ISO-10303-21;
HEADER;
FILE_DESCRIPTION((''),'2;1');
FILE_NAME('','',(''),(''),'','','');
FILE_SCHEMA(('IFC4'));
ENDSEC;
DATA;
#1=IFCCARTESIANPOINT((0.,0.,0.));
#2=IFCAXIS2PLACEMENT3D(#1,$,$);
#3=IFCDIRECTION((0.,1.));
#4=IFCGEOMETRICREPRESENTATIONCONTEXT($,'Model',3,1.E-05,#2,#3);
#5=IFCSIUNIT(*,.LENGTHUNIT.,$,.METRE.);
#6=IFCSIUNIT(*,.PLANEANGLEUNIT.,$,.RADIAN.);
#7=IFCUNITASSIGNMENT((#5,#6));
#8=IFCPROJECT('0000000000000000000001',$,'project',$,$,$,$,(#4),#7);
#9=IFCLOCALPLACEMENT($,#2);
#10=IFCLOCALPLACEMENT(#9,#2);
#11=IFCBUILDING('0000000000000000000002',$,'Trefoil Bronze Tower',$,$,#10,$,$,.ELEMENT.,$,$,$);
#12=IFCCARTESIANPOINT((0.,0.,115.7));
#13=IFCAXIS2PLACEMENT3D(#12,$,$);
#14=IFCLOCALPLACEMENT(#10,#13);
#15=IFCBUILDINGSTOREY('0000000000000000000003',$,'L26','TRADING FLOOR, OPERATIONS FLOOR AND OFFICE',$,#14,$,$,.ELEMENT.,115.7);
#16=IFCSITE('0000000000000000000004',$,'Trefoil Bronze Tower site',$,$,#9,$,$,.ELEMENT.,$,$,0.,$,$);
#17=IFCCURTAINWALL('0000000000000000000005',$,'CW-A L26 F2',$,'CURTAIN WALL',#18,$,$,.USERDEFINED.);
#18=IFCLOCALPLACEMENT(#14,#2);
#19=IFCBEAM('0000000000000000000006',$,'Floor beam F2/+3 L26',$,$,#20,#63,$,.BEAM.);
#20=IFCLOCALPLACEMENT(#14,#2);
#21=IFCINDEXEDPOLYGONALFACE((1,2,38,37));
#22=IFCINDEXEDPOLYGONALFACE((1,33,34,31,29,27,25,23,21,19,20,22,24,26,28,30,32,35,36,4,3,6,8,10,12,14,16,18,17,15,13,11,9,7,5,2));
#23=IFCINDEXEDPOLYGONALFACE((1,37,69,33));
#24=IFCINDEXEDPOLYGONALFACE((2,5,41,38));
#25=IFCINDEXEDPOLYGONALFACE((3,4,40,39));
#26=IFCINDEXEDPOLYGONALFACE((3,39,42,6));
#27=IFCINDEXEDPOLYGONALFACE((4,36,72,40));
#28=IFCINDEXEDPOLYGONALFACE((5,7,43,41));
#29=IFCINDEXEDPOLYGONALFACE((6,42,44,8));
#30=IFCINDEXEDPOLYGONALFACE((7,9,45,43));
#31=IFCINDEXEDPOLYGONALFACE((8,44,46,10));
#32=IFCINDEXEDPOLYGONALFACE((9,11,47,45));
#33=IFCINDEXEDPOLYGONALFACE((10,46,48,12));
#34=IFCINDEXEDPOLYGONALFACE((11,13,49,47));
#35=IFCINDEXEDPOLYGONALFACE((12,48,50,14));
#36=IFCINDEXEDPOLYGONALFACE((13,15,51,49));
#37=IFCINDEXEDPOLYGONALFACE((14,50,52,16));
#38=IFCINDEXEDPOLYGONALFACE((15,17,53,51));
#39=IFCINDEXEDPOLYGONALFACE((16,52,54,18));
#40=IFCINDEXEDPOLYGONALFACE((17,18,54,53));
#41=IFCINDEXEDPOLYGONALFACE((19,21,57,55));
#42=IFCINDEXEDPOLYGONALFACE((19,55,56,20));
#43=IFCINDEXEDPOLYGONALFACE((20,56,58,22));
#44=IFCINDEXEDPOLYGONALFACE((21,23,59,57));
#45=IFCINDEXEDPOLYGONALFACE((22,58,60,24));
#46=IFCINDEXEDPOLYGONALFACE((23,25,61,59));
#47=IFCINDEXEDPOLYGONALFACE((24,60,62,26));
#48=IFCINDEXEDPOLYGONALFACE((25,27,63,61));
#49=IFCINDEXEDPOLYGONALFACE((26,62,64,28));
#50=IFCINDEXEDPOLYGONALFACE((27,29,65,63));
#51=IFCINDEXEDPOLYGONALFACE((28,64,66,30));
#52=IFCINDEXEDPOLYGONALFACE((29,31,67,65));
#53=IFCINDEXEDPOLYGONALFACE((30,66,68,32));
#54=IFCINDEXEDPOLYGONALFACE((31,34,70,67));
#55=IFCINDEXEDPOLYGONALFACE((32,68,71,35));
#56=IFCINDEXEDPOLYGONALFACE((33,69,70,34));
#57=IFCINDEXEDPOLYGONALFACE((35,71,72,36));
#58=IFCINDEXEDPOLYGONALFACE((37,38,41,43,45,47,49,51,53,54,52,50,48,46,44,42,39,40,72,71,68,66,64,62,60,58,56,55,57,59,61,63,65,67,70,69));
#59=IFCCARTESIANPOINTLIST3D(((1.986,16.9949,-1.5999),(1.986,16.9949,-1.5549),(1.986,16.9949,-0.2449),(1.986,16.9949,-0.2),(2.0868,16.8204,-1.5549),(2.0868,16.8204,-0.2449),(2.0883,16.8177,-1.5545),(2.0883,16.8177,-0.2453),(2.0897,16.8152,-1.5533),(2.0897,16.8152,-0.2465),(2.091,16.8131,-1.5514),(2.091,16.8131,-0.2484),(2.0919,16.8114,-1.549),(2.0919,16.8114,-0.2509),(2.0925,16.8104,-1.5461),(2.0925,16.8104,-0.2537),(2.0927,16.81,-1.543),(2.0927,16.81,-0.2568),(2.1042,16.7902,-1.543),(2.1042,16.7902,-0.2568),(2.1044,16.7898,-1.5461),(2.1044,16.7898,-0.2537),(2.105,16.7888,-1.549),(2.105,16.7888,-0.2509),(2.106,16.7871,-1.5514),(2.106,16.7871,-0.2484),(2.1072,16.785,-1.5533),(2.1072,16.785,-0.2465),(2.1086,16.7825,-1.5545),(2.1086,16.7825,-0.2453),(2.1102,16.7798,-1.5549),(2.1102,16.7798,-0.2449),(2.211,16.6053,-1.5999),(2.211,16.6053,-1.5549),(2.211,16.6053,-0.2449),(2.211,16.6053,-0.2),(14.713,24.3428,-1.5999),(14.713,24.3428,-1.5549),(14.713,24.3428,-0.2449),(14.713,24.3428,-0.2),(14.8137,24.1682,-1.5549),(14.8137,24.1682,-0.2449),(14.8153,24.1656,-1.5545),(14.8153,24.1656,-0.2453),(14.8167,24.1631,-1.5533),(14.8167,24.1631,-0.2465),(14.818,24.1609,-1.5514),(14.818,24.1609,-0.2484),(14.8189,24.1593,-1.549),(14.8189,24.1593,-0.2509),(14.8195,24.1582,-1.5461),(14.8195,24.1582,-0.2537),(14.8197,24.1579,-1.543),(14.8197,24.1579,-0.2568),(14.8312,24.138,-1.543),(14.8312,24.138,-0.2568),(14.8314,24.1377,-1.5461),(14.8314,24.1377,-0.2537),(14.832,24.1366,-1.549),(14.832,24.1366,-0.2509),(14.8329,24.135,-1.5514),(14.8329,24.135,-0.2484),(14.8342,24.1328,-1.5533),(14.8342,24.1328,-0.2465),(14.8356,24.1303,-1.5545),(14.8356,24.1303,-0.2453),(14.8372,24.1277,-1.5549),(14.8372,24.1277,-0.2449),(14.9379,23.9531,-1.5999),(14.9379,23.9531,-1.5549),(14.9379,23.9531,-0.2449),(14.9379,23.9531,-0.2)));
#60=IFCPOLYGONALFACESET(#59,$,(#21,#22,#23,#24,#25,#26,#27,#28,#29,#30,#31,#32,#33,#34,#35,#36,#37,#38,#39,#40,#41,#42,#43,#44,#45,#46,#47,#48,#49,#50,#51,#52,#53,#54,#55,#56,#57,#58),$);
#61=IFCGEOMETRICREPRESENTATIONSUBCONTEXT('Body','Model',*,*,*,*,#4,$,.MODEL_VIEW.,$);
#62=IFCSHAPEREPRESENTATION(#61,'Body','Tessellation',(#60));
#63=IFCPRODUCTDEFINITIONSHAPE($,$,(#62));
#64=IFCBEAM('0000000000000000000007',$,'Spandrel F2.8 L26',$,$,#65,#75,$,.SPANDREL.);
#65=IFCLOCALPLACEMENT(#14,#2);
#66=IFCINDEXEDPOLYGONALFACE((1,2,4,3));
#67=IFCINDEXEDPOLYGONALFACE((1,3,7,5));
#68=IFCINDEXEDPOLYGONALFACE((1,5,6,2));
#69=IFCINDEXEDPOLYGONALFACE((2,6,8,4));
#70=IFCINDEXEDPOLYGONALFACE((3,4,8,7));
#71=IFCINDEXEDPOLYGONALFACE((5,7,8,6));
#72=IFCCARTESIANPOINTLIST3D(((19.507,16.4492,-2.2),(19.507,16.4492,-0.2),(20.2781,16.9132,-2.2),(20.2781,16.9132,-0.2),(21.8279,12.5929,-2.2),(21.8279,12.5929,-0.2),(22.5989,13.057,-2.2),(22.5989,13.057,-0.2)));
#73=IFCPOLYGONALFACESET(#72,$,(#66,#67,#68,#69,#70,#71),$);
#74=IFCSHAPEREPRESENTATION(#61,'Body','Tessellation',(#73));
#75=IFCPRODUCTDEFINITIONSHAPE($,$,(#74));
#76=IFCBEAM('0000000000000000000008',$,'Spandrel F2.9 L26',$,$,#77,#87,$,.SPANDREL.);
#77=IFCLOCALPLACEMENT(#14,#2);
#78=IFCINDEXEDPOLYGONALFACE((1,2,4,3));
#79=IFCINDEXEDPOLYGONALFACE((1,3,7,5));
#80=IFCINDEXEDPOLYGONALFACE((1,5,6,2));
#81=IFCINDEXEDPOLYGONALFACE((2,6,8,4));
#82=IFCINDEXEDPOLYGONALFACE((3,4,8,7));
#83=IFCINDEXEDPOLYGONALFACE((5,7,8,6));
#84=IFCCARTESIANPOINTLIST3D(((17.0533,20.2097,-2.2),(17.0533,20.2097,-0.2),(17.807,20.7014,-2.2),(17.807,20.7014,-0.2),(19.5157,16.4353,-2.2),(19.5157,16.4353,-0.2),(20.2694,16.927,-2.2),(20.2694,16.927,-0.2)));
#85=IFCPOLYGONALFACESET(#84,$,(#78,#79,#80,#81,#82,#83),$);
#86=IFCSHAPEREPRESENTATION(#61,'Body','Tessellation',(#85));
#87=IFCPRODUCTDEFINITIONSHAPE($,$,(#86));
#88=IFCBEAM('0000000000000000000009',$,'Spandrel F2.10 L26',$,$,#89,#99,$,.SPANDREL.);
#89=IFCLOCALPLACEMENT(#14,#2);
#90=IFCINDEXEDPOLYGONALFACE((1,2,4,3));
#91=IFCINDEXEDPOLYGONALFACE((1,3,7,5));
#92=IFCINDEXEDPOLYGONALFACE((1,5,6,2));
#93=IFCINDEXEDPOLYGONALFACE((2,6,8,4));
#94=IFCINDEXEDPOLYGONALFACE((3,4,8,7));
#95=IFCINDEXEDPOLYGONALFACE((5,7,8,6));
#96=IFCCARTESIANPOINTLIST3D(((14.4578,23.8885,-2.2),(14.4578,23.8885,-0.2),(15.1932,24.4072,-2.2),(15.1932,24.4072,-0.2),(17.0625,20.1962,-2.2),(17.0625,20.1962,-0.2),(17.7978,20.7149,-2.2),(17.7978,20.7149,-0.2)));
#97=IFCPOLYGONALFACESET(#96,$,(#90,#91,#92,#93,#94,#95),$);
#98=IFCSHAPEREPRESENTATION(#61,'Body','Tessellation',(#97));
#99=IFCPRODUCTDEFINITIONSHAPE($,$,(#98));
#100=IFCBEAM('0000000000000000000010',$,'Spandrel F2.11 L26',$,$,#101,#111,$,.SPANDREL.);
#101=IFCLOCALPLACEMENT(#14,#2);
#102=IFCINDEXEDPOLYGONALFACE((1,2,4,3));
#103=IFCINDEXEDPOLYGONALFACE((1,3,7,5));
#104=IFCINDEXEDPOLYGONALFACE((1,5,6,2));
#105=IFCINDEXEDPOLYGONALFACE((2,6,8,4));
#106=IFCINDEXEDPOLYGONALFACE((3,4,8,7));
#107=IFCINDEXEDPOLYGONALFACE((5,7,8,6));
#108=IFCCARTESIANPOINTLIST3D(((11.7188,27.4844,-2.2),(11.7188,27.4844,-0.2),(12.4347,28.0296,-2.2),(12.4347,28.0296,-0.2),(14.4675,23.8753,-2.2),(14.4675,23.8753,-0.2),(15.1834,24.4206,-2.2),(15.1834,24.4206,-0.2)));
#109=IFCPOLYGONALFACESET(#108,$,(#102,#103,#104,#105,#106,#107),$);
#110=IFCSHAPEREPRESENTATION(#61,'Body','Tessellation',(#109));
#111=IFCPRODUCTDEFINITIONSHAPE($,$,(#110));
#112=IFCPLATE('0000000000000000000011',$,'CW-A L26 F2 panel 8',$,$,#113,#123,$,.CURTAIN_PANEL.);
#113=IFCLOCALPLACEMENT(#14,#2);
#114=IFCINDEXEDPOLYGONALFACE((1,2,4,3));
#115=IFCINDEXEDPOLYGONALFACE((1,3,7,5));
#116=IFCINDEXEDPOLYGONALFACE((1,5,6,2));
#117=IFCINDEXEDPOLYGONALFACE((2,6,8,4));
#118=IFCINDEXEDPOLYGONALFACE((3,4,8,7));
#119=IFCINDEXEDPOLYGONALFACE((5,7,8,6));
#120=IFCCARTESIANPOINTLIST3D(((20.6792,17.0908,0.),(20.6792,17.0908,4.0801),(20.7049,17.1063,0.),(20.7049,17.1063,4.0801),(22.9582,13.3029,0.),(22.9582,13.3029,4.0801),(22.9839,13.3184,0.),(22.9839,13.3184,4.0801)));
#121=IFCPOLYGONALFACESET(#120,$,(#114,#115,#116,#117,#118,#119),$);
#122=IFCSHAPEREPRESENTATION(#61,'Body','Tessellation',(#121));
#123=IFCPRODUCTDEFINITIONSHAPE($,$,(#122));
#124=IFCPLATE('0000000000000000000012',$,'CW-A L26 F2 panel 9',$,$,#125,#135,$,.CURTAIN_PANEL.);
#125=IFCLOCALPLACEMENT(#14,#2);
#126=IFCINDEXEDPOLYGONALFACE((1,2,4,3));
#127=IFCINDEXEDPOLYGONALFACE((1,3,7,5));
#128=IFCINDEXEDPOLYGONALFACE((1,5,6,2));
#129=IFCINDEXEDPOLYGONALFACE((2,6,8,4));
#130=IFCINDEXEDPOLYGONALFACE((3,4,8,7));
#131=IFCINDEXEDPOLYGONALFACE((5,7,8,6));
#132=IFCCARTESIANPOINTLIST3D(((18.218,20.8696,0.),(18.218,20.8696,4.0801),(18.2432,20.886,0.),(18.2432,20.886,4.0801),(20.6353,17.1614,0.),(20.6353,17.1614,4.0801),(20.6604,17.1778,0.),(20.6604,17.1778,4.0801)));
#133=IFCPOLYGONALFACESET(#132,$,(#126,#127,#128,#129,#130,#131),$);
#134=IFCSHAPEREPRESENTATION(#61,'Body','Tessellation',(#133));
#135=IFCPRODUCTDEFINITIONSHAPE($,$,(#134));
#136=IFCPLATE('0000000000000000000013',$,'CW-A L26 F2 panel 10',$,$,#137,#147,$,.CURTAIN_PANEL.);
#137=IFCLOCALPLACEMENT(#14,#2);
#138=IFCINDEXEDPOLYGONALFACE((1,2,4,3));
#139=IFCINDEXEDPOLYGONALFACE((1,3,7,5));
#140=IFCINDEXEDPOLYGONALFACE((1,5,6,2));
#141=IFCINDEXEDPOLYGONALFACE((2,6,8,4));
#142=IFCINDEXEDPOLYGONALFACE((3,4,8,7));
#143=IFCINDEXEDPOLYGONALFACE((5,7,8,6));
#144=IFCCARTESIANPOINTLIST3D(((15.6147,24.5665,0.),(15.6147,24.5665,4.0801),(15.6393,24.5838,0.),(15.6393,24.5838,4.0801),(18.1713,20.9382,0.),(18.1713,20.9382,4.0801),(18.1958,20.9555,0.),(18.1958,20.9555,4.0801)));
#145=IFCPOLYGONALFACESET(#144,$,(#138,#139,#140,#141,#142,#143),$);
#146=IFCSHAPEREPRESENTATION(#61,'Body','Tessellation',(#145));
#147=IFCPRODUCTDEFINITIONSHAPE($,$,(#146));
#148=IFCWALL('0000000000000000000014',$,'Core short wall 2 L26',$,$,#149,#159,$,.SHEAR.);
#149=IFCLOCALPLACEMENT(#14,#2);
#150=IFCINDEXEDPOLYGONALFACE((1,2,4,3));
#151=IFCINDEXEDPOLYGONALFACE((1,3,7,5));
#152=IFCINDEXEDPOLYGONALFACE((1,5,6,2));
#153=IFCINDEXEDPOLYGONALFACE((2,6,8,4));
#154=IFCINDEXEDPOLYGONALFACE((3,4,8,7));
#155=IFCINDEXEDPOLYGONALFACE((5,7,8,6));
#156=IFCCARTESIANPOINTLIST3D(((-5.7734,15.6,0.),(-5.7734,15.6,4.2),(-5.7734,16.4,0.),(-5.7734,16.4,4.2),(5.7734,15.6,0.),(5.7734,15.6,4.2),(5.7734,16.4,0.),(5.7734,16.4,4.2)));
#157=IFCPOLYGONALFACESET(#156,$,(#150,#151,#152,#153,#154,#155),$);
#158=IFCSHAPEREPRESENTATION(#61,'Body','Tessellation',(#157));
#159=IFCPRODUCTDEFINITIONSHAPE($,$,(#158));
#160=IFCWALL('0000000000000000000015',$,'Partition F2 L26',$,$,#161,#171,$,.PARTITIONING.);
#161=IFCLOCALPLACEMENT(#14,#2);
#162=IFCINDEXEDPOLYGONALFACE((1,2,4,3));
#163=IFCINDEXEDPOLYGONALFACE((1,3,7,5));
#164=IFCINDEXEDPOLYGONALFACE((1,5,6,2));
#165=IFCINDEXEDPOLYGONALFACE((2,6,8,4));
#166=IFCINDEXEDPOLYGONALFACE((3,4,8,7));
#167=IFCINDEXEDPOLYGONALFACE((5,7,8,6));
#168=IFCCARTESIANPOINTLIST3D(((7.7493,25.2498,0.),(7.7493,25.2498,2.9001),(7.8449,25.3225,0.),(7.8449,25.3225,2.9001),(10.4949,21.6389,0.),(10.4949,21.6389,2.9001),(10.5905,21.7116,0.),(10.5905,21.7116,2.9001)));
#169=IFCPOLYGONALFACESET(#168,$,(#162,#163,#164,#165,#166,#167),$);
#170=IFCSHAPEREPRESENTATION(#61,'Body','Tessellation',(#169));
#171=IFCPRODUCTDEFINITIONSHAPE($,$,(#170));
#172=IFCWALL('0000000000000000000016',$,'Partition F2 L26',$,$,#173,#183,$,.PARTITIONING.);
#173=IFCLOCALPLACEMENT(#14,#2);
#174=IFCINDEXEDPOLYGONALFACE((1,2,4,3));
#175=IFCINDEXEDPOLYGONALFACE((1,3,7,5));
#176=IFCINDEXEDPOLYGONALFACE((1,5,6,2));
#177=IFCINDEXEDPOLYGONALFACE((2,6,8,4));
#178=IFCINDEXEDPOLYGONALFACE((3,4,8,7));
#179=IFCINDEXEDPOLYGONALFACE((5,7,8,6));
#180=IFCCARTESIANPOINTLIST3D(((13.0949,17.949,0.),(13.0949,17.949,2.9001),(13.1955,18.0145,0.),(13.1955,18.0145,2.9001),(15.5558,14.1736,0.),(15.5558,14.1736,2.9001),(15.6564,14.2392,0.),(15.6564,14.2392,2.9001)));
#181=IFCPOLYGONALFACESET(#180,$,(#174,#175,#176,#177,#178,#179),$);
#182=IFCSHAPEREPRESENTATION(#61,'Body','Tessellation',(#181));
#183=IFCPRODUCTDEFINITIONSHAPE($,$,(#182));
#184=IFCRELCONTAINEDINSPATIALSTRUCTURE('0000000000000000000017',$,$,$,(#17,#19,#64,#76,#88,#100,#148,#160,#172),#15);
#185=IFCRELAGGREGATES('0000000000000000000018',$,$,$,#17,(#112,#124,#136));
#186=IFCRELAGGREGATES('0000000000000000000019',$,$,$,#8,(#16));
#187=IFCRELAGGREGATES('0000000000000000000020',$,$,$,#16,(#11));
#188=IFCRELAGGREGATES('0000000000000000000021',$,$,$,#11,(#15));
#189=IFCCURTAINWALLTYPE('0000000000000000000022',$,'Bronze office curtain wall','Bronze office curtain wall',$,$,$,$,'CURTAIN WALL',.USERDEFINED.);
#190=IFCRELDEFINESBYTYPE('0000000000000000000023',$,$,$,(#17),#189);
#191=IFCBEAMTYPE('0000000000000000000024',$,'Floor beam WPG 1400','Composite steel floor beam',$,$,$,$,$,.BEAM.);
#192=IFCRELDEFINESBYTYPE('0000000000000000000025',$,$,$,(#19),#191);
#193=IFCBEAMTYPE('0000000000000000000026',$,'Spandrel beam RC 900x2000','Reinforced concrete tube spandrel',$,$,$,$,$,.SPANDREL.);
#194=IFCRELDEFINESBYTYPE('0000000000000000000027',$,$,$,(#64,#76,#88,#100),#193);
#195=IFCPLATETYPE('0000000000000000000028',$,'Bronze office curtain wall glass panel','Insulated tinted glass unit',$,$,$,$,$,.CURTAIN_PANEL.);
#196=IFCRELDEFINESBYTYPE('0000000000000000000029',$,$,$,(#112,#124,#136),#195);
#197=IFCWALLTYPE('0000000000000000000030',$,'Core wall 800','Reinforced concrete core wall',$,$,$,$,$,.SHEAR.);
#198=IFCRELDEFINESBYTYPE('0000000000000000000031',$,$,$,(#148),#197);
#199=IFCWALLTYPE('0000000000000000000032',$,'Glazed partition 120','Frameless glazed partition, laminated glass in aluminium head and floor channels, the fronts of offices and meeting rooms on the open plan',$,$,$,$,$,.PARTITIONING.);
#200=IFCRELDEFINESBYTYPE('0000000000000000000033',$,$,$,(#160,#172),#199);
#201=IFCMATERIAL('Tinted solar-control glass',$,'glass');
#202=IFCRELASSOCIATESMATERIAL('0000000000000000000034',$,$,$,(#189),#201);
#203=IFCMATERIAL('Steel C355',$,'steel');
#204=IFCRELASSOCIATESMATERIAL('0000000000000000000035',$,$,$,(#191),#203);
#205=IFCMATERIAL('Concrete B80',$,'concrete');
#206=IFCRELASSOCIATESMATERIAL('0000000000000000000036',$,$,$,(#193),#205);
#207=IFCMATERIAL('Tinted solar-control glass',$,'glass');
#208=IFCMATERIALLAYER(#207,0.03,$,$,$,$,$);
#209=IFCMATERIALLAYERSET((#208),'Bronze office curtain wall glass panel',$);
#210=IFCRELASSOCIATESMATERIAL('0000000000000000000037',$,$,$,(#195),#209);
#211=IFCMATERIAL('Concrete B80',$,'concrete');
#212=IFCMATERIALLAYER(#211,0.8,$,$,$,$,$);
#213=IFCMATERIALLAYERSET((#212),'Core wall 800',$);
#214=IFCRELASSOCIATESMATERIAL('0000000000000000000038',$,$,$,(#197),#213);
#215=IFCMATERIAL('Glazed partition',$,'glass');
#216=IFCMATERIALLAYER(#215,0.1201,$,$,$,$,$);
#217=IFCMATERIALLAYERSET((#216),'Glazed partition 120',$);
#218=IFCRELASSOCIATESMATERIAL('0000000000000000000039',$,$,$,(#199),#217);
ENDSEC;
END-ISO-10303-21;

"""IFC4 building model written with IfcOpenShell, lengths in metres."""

from ifc_helpers import new_model, si_unit, direction, frame, frame_2d, origin, origin_2d, place, context, subcontext, project, spatial, rectangle, i_section, extrude, material, layer, layer_set, material_profile, profile_set, type_object, element, aggregate, save


model = new_model("IFC4")

# Units and contexts
model_context = context("Model", 3, precision=1e-05, world=origin(), true_north=direction((0.0, 1.0)))
body_context = subcontext(model_context, "Body", "Model", "MODEL_VIEW")
ifc_project = project(units=[si_unit("LENGTHUNIT", "METRE"), si_unit("PLANEANGLEUNIT", "RADIAN")], contexts=[model_context])

# Site, building, storey
site_placement = place(None, origin())
site = spatial("IfcSite", under=ifc_project, at=site_placement, Name="Trefoil Bronze Tower site", CompositionType="ELEMENT", RefElevation=0.0)
building_placement = place(site_placement, origin())
building = spatial("IfcBuilding", under=site, at=building_placement, Name="Trefoil Bronze Tower", CompositionType="ELEMENT")
storey_placement = place(building_placement, frame((0.0, 0.0, 115.7)))
storey = spatial("IfcBuildingStorey", under=building, at=storey_placement, Name="L26", Description="TRADING FLOOR, OPERATIONS FLOOR AND OFFICE", CompositionType="ELEMENT", Elevation=115.7)

# Curtain wall
ifc_material_1 = material(Name="Tinted solar-control glass", Category="glass")
curtain_wall_type = type_object("IfcCurtainWallType", Name="Bronze office curtain wall", Description="Bronze office curtain wall", ElementType="CURTAIN WALL", PredefinedType="USERDEFINED", material=ifc_material_1)
curtain_wall_placement = place(storey_placement, origin())
curtain_wall = element("IfcCurtainWall", 1, at=curtain_wall_placement, inside=storey, type_object=curtain_wall_type, Name="CW-A L26 F2", ObjectType="CURTAIN WALL", PredefinedType="USERDEFINED")

# Beams
ifc_material_2 = material(Name="Steel C355", Category="steel")
ifc_material_profile_1 = material_profile(ifc_material_2, i_section(OverallWidth=0.45, OverallDepth=1.3999, WebThickness=0.0229, FlangeThickness=0.0449, FilletRadius=0.012, at=origin_2d()), Name="WPG 1400")
ifc_profile_set_1 = profile_set([ifc_material_profile_1], Name="Steel C355")
beam_type_1 = type_object("IfcBeamType", Name="Floor beam WPG 1400", Description="Composite steel floor beam", PredefinedType="BEAM", material=ifc_profile_set_1)
beam_1_placement = place(storey_placement, frame((14.8254, 24.1479, -0.8999), z_axis=(-0.866027, -0.499997, 0.0), x_axis=(0.499997, -0.866027, 0.0)))
element("IfcBeam", 2, at=beam_1_placement, inside=storey, type_object=beam_type_1, Name="Floor beam F2/+3 L26", PredefinedType="BEAM", context=body_context, shape_type="SweptSolid", body=[
    extrude(i_section(OverallWidth=0.45, OverallDepth=1.3999, WebThickness=0.0229, FlangeThickness=0.0449, FilletRadius=0.012, at=origin_2d()), origin(), (0.0, 0.0, 1.0), 14.6958),
])
ifc_material_3 = material(Name="Concrete B80", Category="concrete")
ifc_material_profile_2 = material_profile(ifc_material_3, rectangle(XDim=0.8999, YDim=2.0, at=origin_2d()), Name="RC 900x2000")
ifc_profile_set_2 = profile_set([ifc_material_profile_2], Name="Concrete B80")
beam_type_2 = type_object("IfcBeamType", Name="Spandrel beam RC 900x2000", Description="Reinforced concrete tube spandrel", PredefinedType="SPANDREL", material=ifc_profile_set_2)
beam_2_placement = place(storey_placement, frame((22.2134, 12.825, -1.2), z_axis=(-0.515652, 0.856798, 0.0), x_axis=(-0.856798, -0.515652, 0.0)))
element("IfcBeam", 3, at=beam_2_placement, inside=storey, type_object=beam_type_2, Name="Spandrel F2.8 L26", PredefinedType="SPANDREL", context=body_context, shape_type="SweptSolid", body=[
    extrude(rectangle(XDim=0.8999, YDim=2.0, at=origin_2d()), origin(), (0.0, 0.0, 1.0), 4.5007),
])
beam_3_placement = place(storey_placement, frame((19.8926, 16.6812, -1.2), z_axis=(-0.546397, 0.837527, 0.0), x_axis=(-0.837527, -0.546397, 0.0)))
element("IfcBeam", 4, at=beam_3_placement, inside=storey, type_object=beam_type_2, Name="Spandrel F2.9 L26", PredefinedType="SPANDREL", context=body_context, shape_type="SweptSolid", body=[
    extrude(rectangle(XDim=0.8999, YDim=2.0, at=origin_2d()), origin(), (0.0, 0.0, 1.0), 4.5066),
])
beam_4_placement = place(storey_placement, frame((17.4302, 20.4556, -1.2), z_axis=(-0.576439, 0.81714, 0.0), x_axis=(-0.81714, -0.576439, 0.0)))
element("IfcBeam", 5, at=beam_4_placement, inside=storey, type_object=beam_type_2, Name="Spandrel F2.10 L26", PredefinedType="SPANDREL", context=body_context, shape_type="SweptSolid", body=[
    extrude(rectangle(XDim=0.8999, YDim=2.0, at=origin_2d()), origin(), (0.0, 0.0, 1.0), 4.5186),
])
beam_5_placement = place(storey_placement, frame((14.8254, 24.1479, -1.2), z_axis=(-0.605899, 0.795542, 0.0), x_axis=(-0.795542, -0.605899, 0.0)))
element("IfcBeam", 6, at=beam_5_placement, inside=storey, type_object=beam_type_2, Name="Spandrel F2.11 L26", PredefinedType="SPANDREL", context=body_context, shape_type="SweptSolid", body=[
    extrude(rectangle(XDim=0.8999, YDim=2.0, at=origin_2d()), origin(), (0.0, 0.0, 1.0), 4.5366),
])

# Plates
ifc_material_4 = material(Name="Tinted solar-control glass", Category="glass")
ifc_layer_1 = layer(ifc_material_4, 0.03)
ifc_layer_set_1 = layer_set([ifc_layer_1], Name="Bronze office curtain wall glass panel")
plate_type = type_object("IfcPlateType", Name="Bronze office curtain wall glass panel", Description="Insulated tinted glass unit", PredefinedType="CURTAIN_PANEL", material=ifc_layer_set_1)
plate_1_placement = place(storey_placement, frame((21.8315, 15.2046, 0.0), z_axis=(0.0, 0.0, 1.0), x_axis=(-0.515525, 0.856874, 0.0)))
plate_1 = element("IfcPlate", 7, at=plate_1_placement, type_object=plate_type, Name="CW-A L26 F2 panel 8", PredefinedType="CURTAIN_PANEL", context=body_context, shape_type="SweptSolid", body=[
    extrude(rectangle(XDim=4.4207, YDim=0.03, at=origin_2d()), origin(), (0.0, 0.0, 1.0), 4.0801),
])
plate_2_placement = place(storey_placement, frame((19.4392, 19.0237, 0.0), z_axis=(0.0, 0.0, 1.0), x_axis=(-0.546089, 0.837727, 0.0)))
plate_2 = element("IfcPlate", 8, at=plate_2_placement, type_object=plate_type, Name="CW-A L26 F2 panel 9", PredefinedType="CURTAIN_PANEL", context=body_context, shape_type="SweptSolid", body=[
    extrude(rectangle(XDim=4.4265, YDim=0.03, at=origin_2d()), origin(), (0.0, 0.0, 1.0), 4.0801),
])
plate_3_placement = place(storey_placement, frame((16.9053, 22.761, 0.0), z_axis=(0.0, 0.0, 1.0), x_axis=(-0.575999, 0.81745, 0.0)))
plate_3 = element("IfcPlate", 9, at=plate_3_placement, type_object=plate_type, Name="CW-A L26 F2 panel 10", PredefinedType="CURTAIN_PANEL", context=body_context, shape_type="SweptSolid", body=[
    extrude(rectangle(XDim=4.4385, YDim=0.03, at=origin_2d()), origin(), (0.0, 0.0, 1.0), 4.0801),
])
aggregate(curtain_wall, [plate_1, plate_2, plate_3])

# Walls
ifc_material_5 = material(Name="Concrete B80", Category="concrete")
ifc_layer_2 = layer(ifc_material_5, 0.8)
ifc_layer_set_2 = layer_set([ifc_layer_2], Name="Core wall 800")
wall_type_1 = type_object("IfcWallType", Name="Core wall 800", Description="Reinforced concrete core wall", PredefinedType="SHEAR", material=ifc_layer_set_2)
wall_1_placement = place(storey_placement, frame((5.7734, 16.0, 0.0), z_axis=(0.0, 0.0, 1.0), x_axis=(-1.0, 0.0, 0.0)))
element("IfcWall", 10, at=wall_1_placement, inside=storey, type_object=wall_type_1, Name="Core short wall 2 L26", PredefinedType="SHEAR", context=body_context, shape_type="SweptSolid", body=[
    extrude(rectangle(XDim=11.5469, YDim=0.8, at=frame_2d((5.7734, 0.0))), origin(), (0.0, 0.0, 1.0), 4.2),
])
ifc_material_6 = material(Name="Glazed partition", Category="glass")
ifc_layer_3 = layer(ifc_material_6, 0.1201)
ifc_layer_set_3 = layer_set([ifc_layer_3], Name="Glazed partition 120")
wall_type_2 = type_object("IfcWallType", Name="Glazed partition 120", Description="Frameless glazed partition, laminated glass in aluminium head and floor channels, the fronts of offices and meeting rooms on the open plan", PredefinedType="PARTITIONING", material=ifc_layer_set_3)
wall_2_placement = place(storey_placement, frame((10.5427, 21.6753, 0.0), z_axis=(0.0, 0.0, 1.0), x_axis=(-0.605274, 0.796017, 0.0)))
element("IfcWall", 11, at=wall_2_placement, inside=storey, type_object=wall_type_2, Name="Partition F2 L26", PredefinedType="PARTITIONING", context=body_context, shape_type="SweptSolid", body=[
    extrude(rectangle(XDim=4.5361, YDim=0.1201, at=frame_2d((2.2681, 0.0))), origin(), (0.0, 0.0, 1.0), 2.9001),
])
wall_3_placement = place(storey_placement, frame((15.6062, 14.2063, 0.0), z_axis=(0.0, 0.0, 1.0), x_axis=(-0.546069, 0.83774, 0.0)))
element("IfcWall", 12, at=wall_3_placement, inside=storey, type_object=wall_type_2, Name="Partition F2 L26", PredefinedType="PARTITIONING", context=body_context, shape_type="SweptSolid", body=[
    extrude(rectangle(XDim=4.5066, YDim=0.1201, at=frame_2d((2.2534, 0.0))), origin(), (0.0, 0.0, 1.0), 2.9001),
])

save(model, "model.ifc")
